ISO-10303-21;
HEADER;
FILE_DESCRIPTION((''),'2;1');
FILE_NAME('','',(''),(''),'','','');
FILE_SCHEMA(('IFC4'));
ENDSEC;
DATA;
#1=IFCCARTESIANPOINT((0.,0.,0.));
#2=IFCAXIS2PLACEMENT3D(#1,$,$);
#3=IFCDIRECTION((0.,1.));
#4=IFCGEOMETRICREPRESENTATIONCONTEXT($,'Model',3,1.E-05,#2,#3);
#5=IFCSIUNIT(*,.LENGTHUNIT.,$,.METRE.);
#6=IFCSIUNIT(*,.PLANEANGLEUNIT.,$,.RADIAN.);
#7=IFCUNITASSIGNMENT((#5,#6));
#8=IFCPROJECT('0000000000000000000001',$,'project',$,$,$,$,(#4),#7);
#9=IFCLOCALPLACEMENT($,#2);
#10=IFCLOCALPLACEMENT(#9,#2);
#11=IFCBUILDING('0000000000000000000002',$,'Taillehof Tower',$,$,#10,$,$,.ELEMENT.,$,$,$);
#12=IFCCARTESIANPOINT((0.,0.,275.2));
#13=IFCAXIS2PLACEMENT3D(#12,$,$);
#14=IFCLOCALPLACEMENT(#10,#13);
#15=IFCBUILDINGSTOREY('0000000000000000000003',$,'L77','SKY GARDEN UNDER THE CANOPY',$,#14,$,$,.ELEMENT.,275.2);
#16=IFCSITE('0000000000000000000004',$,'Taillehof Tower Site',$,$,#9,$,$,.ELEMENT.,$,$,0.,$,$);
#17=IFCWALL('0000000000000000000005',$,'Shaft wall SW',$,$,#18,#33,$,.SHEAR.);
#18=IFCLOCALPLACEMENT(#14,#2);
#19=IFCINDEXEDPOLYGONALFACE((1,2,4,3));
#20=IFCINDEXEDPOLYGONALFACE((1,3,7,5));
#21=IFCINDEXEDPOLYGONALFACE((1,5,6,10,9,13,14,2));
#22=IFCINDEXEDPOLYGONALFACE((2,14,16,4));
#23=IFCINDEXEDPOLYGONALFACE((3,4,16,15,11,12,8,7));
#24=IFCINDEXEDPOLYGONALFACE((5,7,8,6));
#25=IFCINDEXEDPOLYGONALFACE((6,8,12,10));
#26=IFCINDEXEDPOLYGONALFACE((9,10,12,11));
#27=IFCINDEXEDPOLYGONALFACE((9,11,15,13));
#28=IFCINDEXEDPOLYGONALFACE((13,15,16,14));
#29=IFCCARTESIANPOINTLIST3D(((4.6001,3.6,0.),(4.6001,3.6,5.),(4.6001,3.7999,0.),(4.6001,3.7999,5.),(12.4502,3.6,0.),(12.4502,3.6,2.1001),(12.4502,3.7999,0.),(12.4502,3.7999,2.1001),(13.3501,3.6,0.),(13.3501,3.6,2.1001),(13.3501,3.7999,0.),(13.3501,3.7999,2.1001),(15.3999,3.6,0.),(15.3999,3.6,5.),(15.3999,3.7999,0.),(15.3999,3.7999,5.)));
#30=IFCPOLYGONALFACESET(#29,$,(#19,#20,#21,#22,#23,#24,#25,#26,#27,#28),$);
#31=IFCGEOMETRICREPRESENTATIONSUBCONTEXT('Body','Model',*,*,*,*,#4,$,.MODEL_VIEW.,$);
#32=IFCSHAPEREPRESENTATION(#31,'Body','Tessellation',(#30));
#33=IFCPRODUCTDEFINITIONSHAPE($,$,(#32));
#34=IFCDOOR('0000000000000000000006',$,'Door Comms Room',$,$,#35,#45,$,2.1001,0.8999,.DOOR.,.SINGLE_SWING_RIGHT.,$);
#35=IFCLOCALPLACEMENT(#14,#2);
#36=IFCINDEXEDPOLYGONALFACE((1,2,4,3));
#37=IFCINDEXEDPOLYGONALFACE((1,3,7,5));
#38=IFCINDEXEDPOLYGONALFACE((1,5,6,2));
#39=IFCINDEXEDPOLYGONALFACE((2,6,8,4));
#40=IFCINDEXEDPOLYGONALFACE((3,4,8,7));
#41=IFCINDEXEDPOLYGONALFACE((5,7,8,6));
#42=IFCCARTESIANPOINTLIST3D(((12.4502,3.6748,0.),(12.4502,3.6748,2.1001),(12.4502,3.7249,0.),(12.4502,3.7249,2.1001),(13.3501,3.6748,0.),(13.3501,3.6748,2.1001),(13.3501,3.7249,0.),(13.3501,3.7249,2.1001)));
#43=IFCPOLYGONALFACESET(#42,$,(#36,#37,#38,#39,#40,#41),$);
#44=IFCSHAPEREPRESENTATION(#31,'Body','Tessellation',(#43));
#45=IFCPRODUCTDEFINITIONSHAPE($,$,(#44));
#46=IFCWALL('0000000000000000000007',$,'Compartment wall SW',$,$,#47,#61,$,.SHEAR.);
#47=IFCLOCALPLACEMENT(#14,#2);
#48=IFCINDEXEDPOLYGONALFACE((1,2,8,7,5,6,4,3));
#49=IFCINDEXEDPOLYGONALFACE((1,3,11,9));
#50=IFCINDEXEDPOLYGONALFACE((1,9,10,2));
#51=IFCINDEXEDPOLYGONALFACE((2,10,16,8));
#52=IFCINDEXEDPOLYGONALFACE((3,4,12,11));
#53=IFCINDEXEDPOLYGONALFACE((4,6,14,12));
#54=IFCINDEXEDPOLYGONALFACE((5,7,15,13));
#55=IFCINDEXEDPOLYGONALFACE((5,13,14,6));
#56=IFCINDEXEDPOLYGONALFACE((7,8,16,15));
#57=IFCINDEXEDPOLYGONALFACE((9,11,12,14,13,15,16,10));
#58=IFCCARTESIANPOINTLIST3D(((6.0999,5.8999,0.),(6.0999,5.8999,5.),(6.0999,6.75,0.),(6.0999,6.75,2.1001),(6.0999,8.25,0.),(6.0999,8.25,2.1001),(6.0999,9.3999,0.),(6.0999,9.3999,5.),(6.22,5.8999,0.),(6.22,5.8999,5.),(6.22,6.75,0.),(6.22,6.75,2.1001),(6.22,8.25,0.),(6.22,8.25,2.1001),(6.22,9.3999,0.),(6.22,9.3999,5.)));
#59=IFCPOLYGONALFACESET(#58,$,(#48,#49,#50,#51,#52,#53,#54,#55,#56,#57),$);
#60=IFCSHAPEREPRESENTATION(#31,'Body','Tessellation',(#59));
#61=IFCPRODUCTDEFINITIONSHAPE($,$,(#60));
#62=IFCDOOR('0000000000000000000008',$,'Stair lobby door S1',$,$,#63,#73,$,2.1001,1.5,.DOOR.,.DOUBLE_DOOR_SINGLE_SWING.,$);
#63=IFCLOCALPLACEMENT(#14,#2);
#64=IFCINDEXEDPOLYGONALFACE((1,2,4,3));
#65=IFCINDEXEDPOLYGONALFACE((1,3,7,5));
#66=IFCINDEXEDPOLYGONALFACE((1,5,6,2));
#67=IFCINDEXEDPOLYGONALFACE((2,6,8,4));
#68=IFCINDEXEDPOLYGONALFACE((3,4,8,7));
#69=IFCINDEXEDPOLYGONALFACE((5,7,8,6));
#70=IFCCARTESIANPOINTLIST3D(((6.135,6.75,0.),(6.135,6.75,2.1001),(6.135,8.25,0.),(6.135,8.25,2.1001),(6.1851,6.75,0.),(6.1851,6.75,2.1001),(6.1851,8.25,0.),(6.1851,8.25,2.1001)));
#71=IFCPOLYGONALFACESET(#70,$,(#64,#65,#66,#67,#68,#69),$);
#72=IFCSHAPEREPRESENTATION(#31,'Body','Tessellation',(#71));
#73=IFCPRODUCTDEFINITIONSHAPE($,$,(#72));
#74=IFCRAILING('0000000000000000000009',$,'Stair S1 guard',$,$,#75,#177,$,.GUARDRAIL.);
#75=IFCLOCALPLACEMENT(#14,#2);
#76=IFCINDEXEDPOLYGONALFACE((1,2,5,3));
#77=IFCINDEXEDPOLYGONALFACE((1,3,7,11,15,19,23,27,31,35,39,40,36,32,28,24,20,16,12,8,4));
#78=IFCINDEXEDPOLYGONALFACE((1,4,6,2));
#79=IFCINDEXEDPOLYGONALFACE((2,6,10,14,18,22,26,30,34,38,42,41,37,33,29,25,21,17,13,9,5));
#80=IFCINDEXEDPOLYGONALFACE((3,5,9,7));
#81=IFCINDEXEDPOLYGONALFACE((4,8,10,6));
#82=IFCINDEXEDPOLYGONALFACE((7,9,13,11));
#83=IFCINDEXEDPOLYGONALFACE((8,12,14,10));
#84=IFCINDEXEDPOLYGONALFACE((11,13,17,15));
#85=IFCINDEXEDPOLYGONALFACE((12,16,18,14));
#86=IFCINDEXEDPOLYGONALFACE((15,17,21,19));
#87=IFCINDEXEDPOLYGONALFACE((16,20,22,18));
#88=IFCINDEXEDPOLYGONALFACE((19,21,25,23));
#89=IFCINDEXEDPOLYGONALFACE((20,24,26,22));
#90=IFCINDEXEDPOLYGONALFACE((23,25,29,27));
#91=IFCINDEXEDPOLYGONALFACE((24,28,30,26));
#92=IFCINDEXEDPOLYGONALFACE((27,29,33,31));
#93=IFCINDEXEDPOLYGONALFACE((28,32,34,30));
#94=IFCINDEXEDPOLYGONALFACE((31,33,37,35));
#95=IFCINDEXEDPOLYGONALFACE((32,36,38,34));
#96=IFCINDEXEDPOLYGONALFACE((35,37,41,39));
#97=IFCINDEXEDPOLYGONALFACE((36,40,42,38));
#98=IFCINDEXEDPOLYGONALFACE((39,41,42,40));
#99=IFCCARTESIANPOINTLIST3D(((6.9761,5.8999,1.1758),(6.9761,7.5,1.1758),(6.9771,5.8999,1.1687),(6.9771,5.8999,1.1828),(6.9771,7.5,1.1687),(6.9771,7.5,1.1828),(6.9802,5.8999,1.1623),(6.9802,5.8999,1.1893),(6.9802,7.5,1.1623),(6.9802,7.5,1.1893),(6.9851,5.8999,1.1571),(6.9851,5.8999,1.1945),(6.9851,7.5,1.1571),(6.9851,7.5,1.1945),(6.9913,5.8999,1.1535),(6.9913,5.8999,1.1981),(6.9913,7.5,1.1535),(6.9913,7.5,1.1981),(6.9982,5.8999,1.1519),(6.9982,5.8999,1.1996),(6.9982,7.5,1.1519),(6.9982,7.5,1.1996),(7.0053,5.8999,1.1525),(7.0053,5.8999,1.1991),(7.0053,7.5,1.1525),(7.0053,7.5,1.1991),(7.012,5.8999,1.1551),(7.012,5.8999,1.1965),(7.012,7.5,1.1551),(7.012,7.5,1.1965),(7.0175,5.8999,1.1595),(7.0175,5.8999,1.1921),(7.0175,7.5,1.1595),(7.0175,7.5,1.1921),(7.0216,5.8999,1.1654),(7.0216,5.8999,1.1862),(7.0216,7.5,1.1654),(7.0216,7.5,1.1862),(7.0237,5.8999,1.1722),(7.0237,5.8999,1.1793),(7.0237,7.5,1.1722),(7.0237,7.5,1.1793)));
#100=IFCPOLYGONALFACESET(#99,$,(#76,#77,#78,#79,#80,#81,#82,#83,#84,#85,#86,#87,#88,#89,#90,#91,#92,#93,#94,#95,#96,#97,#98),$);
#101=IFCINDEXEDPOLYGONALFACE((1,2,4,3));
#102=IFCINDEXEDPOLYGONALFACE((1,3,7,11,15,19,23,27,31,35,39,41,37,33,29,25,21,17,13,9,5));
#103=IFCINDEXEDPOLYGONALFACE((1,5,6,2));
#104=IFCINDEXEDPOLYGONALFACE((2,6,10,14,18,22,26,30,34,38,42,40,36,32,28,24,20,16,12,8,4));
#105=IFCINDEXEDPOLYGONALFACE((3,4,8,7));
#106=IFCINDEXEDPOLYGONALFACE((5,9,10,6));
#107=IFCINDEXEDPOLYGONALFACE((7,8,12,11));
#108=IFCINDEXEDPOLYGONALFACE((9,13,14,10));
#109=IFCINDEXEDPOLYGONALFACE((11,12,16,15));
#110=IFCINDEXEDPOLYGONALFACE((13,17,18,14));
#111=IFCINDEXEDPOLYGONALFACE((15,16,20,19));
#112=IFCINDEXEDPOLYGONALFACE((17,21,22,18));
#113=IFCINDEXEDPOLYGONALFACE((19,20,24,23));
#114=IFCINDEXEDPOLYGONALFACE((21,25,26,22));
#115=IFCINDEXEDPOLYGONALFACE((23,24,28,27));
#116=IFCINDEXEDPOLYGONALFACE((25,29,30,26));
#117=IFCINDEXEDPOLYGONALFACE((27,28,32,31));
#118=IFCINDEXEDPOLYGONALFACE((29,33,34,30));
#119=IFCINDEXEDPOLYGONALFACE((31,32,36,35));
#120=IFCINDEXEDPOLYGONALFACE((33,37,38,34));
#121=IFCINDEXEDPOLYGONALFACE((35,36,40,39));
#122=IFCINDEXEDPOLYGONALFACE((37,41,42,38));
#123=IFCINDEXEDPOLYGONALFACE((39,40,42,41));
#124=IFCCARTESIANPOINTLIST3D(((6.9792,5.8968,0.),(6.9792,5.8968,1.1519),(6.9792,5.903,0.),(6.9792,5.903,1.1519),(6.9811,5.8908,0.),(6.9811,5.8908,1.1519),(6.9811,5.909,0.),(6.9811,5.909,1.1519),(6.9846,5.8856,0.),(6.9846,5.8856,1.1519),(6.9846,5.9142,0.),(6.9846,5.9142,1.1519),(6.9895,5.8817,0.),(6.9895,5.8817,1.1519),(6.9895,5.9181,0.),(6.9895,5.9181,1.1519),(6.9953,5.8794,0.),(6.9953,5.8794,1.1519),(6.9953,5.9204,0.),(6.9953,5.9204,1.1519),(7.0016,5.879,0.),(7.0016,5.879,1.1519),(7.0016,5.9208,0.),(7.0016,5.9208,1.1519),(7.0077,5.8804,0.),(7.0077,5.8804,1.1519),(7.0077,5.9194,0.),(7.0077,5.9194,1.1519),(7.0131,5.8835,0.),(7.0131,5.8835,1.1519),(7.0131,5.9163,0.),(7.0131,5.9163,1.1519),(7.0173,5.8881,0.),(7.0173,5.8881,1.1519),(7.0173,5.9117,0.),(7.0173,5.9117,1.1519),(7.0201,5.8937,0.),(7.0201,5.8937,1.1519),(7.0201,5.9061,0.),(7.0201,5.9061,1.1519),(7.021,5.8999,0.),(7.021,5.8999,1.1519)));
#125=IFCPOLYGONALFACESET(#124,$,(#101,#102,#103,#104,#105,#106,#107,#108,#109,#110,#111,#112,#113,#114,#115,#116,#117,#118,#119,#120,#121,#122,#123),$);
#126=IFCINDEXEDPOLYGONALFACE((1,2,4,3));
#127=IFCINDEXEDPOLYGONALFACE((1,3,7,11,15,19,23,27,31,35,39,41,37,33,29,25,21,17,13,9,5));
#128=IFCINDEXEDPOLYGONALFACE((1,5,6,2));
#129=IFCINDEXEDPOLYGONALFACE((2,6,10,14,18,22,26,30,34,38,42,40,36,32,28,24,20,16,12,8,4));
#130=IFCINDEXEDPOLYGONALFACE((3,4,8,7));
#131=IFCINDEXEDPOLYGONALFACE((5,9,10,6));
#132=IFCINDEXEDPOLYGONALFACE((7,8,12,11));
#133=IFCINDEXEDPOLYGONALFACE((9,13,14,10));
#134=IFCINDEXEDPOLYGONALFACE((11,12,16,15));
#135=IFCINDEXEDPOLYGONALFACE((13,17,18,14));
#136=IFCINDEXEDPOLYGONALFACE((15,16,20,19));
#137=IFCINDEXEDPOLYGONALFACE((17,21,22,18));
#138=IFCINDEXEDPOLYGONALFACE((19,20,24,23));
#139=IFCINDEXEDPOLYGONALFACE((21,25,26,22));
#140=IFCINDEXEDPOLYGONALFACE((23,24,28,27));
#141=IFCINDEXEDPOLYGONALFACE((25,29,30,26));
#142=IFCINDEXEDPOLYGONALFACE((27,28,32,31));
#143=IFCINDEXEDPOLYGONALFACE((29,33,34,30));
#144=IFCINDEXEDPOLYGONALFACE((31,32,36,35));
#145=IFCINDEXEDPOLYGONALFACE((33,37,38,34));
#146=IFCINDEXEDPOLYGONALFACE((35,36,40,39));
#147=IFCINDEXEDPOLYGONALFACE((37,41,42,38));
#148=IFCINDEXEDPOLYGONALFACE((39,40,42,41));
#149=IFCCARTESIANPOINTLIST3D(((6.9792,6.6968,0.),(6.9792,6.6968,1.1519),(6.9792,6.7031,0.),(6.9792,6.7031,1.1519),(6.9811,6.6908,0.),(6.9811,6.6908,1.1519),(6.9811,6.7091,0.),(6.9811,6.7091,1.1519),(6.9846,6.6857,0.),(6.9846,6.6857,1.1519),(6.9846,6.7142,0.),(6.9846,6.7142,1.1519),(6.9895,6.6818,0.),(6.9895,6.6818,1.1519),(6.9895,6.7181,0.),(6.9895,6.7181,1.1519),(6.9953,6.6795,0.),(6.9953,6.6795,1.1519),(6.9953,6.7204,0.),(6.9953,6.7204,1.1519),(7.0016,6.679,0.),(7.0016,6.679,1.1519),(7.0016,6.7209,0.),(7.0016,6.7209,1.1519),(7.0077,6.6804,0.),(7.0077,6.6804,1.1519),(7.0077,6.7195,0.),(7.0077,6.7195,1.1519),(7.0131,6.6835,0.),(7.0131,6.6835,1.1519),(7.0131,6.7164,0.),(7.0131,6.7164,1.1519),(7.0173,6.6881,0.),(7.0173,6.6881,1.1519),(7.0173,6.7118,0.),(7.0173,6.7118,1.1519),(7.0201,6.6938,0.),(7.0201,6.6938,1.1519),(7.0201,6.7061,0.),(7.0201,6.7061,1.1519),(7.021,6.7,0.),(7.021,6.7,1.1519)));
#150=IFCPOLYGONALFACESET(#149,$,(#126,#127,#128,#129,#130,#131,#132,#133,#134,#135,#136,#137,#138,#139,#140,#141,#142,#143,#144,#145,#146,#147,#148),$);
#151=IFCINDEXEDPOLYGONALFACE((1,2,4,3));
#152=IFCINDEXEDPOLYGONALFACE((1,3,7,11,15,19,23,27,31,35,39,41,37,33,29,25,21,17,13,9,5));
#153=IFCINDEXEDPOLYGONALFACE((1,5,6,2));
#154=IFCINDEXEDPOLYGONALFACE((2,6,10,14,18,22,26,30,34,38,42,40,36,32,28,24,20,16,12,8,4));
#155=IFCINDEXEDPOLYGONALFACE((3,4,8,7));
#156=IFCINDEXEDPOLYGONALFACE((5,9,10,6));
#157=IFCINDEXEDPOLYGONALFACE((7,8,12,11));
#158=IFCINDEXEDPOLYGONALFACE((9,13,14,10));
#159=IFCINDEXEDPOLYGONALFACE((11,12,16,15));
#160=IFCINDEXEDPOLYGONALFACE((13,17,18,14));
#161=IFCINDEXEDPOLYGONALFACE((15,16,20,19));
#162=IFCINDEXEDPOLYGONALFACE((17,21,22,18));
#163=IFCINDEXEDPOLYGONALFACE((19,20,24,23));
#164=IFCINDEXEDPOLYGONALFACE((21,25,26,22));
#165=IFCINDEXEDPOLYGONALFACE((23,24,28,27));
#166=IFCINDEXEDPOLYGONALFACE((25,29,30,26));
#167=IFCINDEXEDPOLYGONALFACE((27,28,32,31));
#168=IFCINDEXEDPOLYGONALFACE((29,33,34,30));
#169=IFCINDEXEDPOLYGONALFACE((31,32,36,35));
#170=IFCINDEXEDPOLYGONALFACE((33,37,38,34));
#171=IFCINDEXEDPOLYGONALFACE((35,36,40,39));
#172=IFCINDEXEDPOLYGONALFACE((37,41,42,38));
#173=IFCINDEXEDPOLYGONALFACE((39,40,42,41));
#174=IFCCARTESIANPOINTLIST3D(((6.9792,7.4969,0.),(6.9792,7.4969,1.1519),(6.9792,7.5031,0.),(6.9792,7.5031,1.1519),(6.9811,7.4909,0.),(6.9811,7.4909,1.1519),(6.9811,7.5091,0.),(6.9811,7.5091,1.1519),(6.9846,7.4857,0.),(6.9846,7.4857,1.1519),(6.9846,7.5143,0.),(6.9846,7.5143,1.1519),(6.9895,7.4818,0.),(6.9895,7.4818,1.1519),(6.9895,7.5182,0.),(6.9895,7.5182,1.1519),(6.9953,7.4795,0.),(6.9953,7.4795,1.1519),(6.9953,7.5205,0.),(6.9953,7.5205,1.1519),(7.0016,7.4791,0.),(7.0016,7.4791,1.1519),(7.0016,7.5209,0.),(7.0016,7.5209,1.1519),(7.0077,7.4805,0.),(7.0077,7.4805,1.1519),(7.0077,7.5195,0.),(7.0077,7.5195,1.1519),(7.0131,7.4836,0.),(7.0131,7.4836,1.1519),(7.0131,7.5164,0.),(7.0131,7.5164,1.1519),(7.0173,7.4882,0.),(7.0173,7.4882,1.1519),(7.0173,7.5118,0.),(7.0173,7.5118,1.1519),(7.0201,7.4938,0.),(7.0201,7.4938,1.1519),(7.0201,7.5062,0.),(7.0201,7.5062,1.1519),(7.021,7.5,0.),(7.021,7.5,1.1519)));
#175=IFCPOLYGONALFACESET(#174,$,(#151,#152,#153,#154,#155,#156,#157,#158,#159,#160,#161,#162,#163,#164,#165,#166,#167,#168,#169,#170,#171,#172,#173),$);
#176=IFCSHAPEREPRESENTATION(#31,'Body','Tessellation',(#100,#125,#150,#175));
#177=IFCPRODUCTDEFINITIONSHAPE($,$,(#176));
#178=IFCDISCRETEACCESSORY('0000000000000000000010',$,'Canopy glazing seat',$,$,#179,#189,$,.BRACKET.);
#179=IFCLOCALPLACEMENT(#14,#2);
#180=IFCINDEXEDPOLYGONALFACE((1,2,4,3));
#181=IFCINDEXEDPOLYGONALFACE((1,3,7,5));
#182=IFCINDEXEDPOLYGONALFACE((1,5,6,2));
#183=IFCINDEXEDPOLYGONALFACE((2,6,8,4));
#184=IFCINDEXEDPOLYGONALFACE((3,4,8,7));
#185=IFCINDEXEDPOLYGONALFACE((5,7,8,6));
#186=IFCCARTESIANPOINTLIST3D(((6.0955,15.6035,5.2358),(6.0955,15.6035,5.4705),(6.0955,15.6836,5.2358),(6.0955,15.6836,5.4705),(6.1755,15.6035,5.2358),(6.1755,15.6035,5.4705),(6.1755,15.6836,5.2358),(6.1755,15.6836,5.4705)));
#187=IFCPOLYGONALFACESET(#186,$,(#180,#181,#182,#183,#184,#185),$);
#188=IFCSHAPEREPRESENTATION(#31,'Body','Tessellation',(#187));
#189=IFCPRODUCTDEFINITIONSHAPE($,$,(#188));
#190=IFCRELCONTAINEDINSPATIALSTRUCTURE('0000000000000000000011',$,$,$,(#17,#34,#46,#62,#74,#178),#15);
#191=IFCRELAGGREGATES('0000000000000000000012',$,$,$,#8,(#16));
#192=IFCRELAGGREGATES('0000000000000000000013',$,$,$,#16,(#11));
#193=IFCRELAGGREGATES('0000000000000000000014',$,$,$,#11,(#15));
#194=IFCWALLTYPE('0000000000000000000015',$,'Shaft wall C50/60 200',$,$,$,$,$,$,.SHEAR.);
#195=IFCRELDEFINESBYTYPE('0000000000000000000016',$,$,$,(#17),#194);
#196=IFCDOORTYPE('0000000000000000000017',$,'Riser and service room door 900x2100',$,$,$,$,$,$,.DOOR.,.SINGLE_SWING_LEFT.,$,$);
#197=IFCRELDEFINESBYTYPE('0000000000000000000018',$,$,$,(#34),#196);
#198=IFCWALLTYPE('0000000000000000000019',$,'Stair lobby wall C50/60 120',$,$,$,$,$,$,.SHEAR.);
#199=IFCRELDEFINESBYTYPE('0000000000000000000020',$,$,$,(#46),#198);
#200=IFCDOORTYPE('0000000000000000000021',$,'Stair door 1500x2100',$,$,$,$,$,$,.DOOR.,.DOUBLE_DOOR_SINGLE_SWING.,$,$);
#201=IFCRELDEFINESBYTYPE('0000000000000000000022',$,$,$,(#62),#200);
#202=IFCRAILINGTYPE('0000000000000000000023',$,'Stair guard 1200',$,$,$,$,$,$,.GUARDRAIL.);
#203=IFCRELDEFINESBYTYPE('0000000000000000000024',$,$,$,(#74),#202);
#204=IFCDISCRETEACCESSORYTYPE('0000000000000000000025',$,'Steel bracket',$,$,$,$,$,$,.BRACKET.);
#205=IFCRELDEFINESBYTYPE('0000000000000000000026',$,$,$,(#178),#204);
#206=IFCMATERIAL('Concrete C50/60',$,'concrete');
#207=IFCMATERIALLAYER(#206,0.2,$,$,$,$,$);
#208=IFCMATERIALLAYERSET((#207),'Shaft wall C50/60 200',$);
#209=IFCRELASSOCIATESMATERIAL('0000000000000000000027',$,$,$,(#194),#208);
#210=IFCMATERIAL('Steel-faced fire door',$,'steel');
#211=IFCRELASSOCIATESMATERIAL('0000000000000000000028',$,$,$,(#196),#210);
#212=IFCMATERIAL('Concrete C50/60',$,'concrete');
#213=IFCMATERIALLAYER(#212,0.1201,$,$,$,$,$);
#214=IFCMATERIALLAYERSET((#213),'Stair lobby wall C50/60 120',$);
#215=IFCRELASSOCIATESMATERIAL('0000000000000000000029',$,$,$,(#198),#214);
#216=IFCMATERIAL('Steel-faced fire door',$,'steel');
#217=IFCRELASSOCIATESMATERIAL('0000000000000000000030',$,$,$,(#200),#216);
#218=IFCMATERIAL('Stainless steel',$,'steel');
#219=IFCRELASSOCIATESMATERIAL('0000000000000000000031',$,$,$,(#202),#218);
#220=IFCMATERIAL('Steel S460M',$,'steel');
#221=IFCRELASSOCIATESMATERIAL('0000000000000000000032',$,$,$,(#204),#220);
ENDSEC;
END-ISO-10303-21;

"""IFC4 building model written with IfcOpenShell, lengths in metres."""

from ifc_helpers import new_model, si_unit, direction, frame, frame_2d, origin, origin_2d, place, context, subcontext, project, spatial, rectangle, circle, extrude, material, layer, layer_set, type_object, element, fill, save


model = new_model("IFC4")

# Units and contexts
model_context = context("Model", 3, precision=1e-05, world=origin(), true_north=direction((0.0, 1.0)))
body_context = subcontext(model_context, "Body", "Model", "MODEL_VIEW")
ifc_project = project(units=[si_unit("LENGTHUNIT", "METRE"), si_unit("PLANEANGLEUNIT", "RADIAN")], contexts=[model_context])

# Site, building, storey
site_placement = place(None, origin())
site = spatial("IfcSite", under=ifc_project, at=site_placement, Name="Taillehof Tower Site", CompositionType="ELEMENT", RefElevation=0.0)
building_placement = place(site_placement, origin())
building = spatial("IfcBuilding", under=site, at=building_placement, Name="Taillehof Tower", CompositionType="ELEMENT")
storey_placement = place(building_placement, frame((0.0, 0.0, 275.2)))
storey = spatial("IfcBuildingStorey", under=building, at=storey_placement, Name="L77", Description="SKY GARDEN UNDER THE CANOPY", CompositionType="ELEMENT", Elevation=275.2)

# Walls, openings, doors
ifc_material_1 = material(Name="Concrete C50/60", Category="concrete")
ifc_layer_1 = layer(ifc_material_1, 0.2)
ifc_layer_set_1 = layer_set([ifc_layer_1], Name="Shaft wall C50/60 200")
wall_type_1 = type_object("IfcWallType", Name="Shaft wall C50/60 200", PredefinedType="SHEAR", material=ifc_layer_set_1)
ifc_material_2 = material(Name="Steel-faced fire door", Category="steel")
door_type_1 = type_object("IfcDoorType", Name="Riser and service room door 900x2100", OperationType="SINGLE_SWING_LEFT", PredefinedType="DOOR", material=ifc_material_2)
wall_1_placement = place(storey_placement, frame((4.6001, 3.7, 0.0), z_axis=(0.0, 0.0, 1.0), x_axis=(1.0, 0.0, 0.0)))
wall_1 = element("IfcWall", 1, at=wall_1_placement, inside=storey, type_object=wall_type_1, Name="Shaft wall SW", PredefinedType="SHEAR", context=body_context, shape_type="SweptSolid", body=[
    extrude(rectangle(XDim=10.7998, YDim=0.2, at=frame_2d((5.3999, 0.0))), origin(), (0.0, 0.0, 1.0), 5.0),
])
opening_1_placement = place(wall_1_placement, frame((7.8501, 0.0, 0.0)))
opening_1 = element("IfcOpeningElement", 2, at=opening_1_placement, cuts=wall_1, PredefinedType="OPENING", context=body_context, shape_type="SweptSolid", body=[
    extrude(rectangle(XDim=0.8999, YDim=2.1001, at=frame_2d((0.45, 1.05))), frame((0.0, 0.1099, 0.0), z_axis=(0.0, -1.0, 0.0), x_axis=(1.0, 0.0, 0.0)), (0.0, 0.0, 1.0), 0.22),
])
door_1_placement = place(opening_1_placement, origin())
door_1 = element("IfcDoor", 3, at=door_1_placement, inside=storey, type_object=door_type_1, Name="Door Comms Room", OperationType="SINGLE_SWING_RIGHT", OverallHeight=2.1001, OverallWidth=0.8999, PredefinedType="DOOR", context=body_context, shape_type="SweptSolid", body=[
    extrude(rectangle(XDim=0.8999, YDim=2.1001, at=frame_2d((0.45, 1.05))), frame((0.0, 0.0249, 0.0), z_axis=(0.0, -1.0, 0.0), x_axis=(1.0, 0.0, 0.0)), (0.0, 0.0, 1.0), 0.05),
])
fill(opening_1, door_1)
ifc_material_3 = material(Name="Concrete C50/60", Category="concrete")
ifc_layer_2 = layer(ifc_material_3, 0.1201)
ifc_layer_set_2 = layer_set([ifc_layer_2], Name="Stair lobby wall C50/60 120")
wall_type_2 = type_object("IfcWallType", Name="Stair lobby wall C50/60 120", PredefinedType="SHEAR", material=ifc_layer_set_2)
wall_2_placement = place(storey_placement, frame((6.1599, 5.8999, 0.0), z_axis=(0.0, 0.0, 1.0), x_axis=(0.0, 1.0, 0.0)))
wall_2 = element("IfcWall", 4, at=wall_2_placement, inside=storey, type_object=wall_type_2, Name="Compartment wall SW", PredefinedType="SHEAR", context=body_context, shape_type="SweptSolid", body=[
    extrude(rectangle(XDim=3.5, YDim=0.1201, at=frame_2d((1.75, 0.0))), origin(), (0.0, 0.0, 1.0), 5.0),
])
opening_2_placement = place(wall_2_placement, frame((0.8501, 0.0, 0.0)))
opening_2 = element("IfcOpeningElement", 5, at=opening_2_placement, cuts=wall_2, PredefinedType="OPENING", context=body_context, shape_type="SweptSolid", body=[
    extrude(rectangle(XDim=1.5, YDim=2.1001, at=frame_2d((0.75, 1.05))), frame((0.0, 0.0701, 0.0), z_axis=(0.0, -1.0, 0.0), x_axis=(1.0, 0.0, 0.0)), (0.0, 0.0, 1.0), 0.1401),
])
ifc_material_4 = material(Name="Steel-faced fire door", Category="steel")
door_type_2 = type_object("IfcDoorType", Name="Stair door 1500x2100", OperationType="DOUBLE_DOOR_SINGLE_SWING", PredefinedType="DOOR", material=ifc_material_4)
door_2_placement = place(opening_2_placement, origin())
door_2 = element("IfcDoor", 6, at=door_2_placement, inside=storey, type_object=door_type_2, Name="Stair lobby door S1", OperationType="DOUBLE_DOOR_SINGLE_SWING", OverallHeight=2.1001, OverallWidth=1.5, PredefinedType="DOOR", context=body_context, shape_type="SweptSolid", body=[
    extrude(rectangle(XDim=1.5, YDim=2.1001, at=frame_2d((0.75, 1.05))), frame((0.0, 0.0249, 0.0), z_axis=(0.0, -1.0, 0.0), x_axis=(1.0, 0.0, 0.0)), (0.0, 0.0, 1.0), 0.05),
])
fill(opening_2, door_2)

# Railing
ifc_material_5 = material(Name="Stainless steel", Category="steel")
railing_type = type_object("IfcRailingType", Name="Stair guard 1200", PredefinedType="GUARDRAIL", material=ifc_material_5)
railing_placement = place(storey_placement, frame((7.0, 5.8999, 0.0)))
element("IfcRailing", 7, at=railing_placement, inside=storey, type_object=railing_type, Name="Stair S1 guard", PredefinedType="GUARDRAIL", context=body_context, shape_type="SweptSolid", body=[
    extrude(circle(Radius=0.0239, at=origin_2d()), frame((0.0, 0.0, 1.1758), z_axis=(0.0, 1.0, 0.0), x_axis=(-1.0, 0.0, 0.0)), (0.0, 0.0, 1.0), 1.6001),
    extrude(circle(Radius=0.021, at=origin_2d()), origin(), (0.0, 0.0, 1.0), 1.1519),
    extrude(circle(Radius=0.021, at=origin_2d()), frame((0.0, 0.8, 0.0)), (0.0, 0.0, 1.0), 1.1519),
    extrude(circle(Radius=0.021, at=origin_2d()), frame((0.0, 1.6001, 0.0)), (0.0, 0.0, 1.0), 1.1519),
])

# Discrete accessory
ifc_material_6 = material(Name="Steel S460M", Category="steel")
discrete_accessory_type_1 = type_object("IfcDiscreteAccessoryType", Name="Steel bracket", PredefinedType="BRACKET", material=ifc_material_6)
discrete_accessory_1_placement = place(storey_placement, frame((6.1355, 15.6436, 5.2358), z_axis=(0.0, 0.0, 1.0), x_axis=(1.0, 0.0, 0.0)))
element("IfcDiscreteAccessory", 8, at=discrete_accessory_1_placement, inside=storey, type_object=discrete_accessory_type_1, Name="Canopy glazing seat", PredefinedType="BRACKET", context=body_context, shape_type="SweptSolid", body=[
    extrude(rectangle(XDim=0.0801, YDim=0.0801, at=origin_2d()), origin(), (0.0, 0.0, 1.0), 0.2346),
])

save(model, "model.ifc")
